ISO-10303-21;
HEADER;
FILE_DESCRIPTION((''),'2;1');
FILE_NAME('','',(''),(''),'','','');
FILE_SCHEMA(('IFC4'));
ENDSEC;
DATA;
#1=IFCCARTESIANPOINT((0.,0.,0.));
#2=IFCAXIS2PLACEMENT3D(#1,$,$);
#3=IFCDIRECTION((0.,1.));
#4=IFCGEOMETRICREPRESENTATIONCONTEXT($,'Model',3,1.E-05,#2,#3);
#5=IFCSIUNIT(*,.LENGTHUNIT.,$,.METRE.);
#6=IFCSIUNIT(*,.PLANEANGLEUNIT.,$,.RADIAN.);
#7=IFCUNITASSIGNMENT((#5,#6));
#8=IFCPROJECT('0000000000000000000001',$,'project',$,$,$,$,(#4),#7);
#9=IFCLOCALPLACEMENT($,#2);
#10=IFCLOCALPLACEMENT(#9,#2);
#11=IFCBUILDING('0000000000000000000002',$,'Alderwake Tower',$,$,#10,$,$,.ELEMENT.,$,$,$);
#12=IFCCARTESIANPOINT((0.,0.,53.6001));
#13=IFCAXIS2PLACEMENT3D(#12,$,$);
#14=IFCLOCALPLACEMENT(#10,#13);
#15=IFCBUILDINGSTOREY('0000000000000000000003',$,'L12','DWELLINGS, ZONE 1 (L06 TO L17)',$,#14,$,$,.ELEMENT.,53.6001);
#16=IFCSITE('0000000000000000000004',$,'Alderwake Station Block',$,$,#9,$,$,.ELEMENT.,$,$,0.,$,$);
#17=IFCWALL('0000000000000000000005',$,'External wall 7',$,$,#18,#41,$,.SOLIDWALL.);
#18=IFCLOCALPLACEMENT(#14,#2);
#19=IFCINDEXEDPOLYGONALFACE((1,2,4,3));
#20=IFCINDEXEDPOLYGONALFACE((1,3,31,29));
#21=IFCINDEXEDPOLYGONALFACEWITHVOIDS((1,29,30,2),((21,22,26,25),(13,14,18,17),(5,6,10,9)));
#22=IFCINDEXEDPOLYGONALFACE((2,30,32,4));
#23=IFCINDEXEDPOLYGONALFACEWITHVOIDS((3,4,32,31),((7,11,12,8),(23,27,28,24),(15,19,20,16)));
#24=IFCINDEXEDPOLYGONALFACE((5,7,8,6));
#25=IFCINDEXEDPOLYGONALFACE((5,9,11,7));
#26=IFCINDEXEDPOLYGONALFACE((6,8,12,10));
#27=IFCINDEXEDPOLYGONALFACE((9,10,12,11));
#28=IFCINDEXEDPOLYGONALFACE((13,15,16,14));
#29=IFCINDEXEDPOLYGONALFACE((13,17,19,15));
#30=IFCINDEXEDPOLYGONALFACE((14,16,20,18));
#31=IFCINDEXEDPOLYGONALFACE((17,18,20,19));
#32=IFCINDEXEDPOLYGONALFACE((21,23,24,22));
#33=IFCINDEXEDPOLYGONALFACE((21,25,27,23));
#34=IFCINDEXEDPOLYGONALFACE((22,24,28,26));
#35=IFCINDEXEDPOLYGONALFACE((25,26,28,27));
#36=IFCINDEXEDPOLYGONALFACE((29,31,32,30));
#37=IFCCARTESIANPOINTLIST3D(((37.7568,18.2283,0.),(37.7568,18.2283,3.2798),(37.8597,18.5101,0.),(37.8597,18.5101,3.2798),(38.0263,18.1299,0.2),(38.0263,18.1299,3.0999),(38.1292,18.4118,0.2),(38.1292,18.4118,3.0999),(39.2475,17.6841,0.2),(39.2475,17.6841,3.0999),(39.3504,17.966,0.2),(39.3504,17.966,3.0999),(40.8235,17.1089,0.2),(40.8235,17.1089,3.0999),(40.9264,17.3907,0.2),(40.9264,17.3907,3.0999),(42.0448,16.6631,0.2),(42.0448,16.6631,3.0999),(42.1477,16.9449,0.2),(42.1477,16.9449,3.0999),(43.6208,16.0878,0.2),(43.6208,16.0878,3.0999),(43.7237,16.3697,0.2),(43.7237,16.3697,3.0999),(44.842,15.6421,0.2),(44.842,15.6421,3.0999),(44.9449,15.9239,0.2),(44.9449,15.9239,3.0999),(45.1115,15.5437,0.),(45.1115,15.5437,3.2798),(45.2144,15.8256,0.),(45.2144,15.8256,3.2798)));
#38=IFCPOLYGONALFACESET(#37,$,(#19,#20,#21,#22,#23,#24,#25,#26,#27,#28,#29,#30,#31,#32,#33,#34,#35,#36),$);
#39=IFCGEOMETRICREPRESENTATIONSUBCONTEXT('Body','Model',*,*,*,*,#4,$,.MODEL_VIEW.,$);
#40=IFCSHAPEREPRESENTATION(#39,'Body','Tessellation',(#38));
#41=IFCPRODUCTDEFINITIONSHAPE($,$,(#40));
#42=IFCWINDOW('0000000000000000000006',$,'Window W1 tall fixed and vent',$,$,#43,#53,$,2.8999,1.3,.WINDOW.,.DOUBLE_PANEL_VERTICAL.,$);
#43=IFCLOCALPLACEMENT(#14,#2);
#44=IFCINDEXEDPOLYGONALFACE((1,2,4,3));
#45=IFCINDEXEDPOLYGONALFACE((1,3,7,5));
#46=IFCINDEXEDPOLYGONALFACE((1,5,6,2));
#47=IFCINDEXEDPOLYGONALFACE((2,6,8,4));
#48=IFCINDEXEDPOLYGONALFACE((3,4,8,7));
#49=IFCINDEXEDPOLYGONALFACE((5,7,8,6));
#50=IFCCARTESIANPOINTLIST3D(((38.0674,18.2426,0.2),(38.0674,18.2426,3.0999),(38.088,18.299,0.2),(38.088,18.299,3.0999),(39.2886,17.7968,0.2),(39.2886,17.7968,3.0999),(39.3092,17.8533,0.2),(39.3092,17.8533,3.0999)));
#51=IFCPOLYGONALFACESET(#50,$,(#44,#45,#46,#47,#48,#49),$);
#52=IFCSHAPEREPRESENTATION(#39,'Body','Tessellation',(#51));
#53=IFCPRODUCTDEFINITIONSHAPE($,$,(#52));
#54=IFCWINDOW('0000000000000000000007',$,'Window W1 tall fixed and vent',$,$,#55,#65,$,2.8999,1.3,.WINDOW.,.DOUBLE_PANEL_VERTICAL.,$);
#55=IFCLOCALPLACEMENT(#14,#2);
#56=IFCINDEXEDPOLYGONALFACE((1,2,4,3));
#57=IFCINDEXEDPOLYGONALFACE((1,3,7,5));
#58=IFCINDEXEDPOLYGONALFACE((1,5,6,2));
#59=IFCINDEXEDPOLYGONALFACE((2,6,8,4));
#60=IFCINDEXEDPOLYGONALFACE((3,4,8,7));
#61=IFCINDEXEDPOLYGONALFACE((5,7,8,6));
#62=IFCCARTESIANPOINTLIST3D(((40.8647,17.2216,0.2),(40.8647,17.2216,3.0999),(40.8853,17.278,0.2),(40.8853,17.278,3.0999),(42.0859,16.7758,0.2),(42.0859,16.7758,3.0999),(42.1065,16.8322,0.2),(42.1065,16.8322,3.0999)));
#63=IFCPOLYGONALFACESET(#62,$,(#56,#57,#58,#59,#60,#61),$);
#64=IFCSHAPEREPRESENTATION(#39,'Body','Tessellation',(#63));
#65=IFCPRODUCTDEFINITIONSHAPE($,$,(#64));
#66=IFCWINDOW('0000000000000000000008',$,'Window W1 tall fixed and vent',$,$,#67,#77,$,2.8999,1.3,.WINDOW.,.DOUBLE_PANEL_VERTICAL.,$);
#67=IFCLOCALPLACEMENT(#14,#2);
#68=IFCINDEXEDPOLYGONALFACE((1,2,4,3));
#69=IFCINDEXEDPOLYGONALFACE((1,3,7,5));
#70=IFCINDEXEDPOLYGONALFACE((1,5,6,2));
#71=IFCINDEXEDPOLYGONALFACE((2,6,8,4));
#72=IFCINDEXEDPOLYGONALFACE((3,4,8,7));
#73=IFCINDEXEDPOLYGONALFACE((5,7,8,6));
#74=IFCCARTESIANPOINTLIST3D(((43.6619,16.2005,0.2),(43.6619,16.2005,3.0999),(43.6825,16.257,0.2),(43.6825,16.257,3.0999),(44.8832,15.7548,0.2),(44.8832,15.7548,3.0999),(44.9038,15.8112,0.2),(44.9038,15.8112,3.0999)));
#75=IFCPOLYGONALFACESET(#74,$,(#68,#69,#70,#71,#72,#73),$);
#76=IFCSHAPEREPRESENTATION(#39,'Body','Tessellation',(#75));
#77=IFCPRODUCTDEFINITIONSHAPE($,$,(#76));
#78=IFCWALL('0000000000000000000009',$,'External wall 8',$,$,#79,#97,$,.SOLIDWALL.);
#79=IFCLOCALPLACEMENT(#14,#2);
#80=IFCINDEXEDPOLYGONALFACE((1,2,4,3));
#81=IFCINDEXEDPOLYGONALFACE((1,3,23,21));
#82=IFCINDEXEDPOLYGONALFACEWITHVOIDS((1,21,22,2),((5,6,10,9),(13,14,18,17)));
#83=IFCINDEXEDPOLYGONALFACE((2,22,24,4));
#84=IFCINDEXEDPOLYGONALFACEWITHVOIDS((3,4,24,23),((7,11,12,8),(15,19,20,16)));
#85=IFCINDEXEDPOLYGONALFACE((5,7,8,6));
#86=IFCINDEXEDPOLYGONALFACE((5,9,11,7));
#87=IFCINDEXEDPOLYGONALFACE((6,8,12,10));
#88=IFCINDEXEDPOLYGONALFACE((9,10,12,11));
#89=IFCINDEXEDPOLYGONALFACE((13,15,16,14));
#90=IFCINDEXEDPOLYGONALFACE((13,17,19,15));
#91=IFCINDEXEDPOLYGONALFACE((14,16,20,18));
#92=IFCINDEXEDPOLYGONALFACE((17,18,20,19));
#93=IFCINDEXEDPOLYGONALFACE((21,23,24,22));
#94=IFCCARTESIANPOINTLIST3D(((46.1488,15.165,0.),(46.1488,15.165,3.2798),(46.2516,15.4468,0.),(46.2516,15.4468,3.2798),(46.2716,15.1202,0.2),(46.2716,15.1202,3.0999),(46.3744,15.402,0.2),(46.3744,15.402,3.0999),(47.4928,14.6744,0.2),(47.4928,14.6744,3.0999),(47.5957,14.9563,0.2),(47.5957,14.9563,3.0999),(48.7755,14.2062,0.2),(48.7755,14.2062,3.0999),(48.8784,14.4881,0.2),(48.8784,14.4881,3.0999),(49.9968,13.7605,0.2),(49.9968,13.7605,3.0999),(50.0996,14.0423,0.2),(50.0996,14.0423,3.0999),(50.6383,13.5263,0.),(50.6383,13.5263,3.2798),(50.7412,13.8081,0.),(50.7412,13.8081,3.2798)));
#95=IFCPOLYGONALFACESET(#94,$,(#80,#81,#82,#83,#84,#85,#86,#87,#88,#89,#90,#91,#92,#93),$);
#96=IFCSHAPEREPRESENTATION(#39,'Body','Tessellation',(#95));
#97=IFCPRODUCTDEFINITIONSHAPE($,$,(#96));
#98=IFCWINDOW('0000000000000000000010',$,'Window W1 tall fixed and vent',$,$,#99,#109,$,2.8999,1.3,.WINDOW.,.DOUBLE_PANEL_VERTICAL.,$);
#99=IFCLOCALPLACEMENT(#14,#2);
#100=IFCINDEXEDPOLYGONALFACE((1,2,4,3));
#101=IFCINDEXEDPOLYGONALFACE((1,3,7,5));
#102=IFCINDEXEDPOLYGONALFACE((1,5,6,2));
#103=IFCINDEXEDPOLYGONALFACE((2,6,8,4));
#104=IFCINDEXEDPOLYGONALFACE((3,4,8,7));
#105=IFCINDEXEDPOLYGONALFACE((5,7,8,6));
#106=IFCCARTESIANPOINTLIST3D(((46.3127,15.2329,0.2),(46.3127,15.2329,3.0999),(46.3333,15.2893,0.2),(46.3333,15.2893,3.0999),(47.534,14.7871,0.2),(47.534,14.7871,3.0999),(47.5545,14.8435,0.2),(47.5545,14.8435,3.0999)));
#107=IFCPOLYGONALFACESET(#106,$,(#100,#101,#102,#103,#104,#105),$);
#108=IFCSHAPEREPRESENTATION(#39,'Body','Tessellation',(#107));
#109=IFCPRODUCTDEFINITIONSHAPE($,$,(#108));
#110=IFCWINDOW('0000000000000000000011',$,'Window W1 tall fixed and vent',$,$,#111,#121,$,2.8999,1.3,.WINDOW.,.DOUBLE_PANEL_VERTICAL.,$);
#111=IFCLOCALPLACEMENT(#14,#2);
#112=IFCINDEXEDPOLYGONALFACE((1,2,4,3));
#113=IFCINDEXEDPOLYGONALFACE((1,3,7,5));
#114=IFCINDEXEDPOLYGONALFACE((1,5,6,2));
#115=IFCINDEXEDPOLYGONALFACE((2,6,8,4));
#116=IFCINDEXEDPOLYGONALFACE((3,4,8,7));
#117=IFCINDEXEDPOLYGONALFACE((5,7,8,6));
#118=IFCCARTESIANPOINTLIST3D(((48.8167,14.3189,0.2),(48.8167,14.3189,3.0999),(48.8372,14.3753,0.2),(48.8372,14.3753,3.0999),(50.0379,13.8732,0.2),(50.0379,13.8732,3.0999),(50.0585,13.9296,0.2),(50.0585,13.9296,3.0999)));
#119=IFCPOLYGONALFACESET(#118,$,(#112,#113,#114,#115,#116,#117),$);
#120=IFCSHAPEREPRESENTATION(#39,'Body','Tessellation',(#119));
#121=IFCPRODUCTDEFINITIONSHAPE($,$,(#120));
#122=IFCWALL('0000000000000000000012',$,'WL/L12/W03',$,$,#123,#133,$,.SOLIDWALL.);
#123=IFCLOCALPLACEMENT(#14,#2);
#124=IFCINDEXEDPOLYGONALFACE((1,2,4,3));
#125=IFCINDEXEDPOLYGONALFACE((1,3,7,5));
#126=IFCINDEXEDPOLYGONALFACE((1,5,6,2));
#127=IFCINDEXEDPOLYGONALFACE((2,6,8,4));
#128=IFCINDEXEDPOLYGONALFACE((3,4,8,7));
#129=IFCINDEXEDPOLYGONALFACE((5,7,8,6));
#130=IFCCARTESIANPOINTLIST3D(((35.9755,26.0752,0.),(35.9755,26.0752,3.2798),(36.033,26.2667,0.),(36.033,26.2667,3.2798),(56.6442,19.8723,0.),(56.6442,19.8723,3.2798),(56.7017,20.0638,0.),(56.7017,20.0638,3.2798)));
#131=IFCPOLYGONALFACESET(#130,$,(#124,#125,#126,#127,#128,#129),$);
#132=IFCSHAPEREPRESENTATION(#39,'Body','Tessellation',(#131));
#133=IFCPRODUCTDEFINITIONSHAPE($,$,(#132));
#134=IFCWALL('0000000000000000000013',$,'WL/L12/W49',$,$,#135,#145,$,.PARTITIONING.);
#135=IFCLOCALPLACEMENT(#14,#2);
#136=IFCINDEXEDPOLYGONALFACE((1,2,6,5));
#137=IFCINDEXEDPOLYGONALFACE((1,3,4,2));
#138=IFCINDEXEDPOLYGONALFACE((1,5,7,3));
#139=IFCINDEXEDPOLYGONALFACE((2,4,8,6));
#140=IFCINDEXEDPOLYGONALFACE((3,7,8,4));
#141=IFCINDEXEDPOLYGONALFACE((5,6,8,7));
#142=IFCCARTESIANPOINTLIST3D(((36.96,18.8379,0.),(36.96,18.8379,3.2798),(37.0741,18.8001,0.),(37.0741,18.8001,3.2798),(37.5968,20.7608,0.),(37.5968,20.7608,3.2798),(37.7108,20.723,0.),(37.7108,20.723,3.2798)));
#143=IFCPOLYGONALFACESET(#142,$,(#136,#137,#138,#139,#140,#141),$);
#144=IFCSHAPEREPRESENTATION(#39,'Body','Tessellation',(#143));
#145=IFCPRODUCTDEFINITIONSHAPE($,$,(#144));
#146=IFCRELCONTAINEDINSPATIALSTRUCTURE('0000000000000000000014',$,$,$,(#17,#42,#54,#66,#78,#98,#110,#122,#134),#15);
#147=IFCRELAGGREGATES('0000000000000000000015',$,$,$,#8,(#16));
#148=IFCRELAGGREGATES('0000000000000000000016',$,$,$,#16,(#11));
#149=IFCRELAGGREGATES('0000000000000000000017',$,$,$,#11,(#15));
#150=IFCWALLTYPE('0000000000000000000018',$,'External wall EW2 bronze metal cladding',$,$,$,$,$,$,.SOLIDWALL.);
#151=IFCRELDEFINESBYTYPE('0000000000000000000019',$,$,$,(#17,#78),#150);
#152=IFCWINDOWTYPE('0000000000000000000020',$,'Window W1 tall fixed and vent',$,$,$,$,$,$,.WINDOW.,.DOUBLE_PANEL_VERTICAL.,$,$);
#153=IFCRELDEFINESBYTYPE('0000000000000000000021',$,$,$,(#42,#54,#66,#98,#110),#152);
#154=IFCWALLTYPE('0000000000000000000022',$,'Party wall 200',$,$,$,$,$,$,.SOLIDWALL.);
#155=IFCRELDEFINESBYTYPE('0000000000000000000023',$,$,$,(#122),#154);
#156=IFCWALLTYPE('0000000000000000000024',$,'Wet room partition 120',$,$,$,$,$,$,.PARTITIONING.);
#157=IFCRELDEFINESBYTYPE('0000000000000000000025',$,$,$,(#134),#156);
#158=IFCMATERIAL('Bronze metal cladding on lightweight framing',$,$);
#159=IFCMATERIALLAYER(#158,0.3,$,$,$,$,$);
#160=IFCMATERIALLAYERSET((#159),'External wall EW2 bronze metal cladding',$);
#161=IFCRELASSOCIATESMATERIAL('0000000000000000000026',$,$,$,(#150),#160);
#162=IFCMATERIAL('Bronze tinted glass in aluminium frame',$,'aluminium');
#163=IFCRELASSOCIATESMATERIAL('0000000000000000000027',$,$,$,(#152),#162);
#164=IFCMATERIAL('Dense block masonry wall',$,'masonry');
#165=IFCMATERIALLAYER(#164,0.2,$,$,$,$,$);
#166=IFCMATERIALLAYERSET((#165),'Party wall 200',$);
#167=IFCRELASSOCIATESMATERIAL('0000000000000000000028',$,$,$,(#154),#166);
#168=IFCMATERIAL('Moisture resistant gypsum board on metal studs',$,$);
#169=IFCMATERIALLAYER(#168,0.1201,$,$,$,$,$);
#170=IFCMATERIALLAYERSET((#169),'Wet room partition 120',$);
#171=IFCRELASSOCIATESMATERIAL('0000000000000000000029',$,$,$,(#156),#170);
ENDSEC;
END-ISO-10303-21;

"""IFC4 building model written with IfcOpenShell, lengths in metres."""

from ifc_helpers import new_model, si_unit, direction, frame, frame_2d, origin, place, context, subcontext, project, spatial, rectangle, extrude, material, layer, layer_set, type_object, element, fill, save


model = new_model("IFC4")

# Units and contexts
model_context = context("Model", 3, precision=1e-05, world=origin(), true_north=direction((0.0, 1.0)))
body_context = subcontext(model_context, "Body", "Model", "MODEL_VIEW")
ifc_project = project(units=[si_unit("LENGTHUNIT", "METRE"), si_unit("PLANEANGLEUNIT", "RADIAN")], contexts=[model_context])

# Site, building, storey
site_placement = place(None, origin())
site = spatial("IfcSite", under=ifc_project, at=site_placement, Name="Alderwake Station Block", CompositionType="ELEMENT", RefElevation=0.0)
building_placement = place(site_placement, origin())
building = spatial("IfcBuilding", under=site, at=building_placement, Name="Alderwake Tower", CompositionType="ELEMENT")
storey_placement = place(building_placement, frame((0.0, 0.0, 53.6001)))
storey = spatial("IfcBuildingStorey", under=building, at=storey_placement, Name="L12", Description="DWELLINGS, ZONE 1 (L06 TO L17)", CompositionType="ELEMENT", Elevation=53.6001)

# Walls, openings, windows
ifc_material_1 = material(Name="Bronze metal cladding on lightweight framing")
ifc_layer_1 = layer(ifc_material_1, 0.3)
ifc_layer_set_1 = layer_set([ifc_layer_1], Name="External wall EW2 bronze metal cladding")
wall_type_1 = type_object("IfcWallType", Name="External wall EW2 bronze metal cladding", PredefinedType="SOLIDWALL", material=ifc_layer_set_1)
wall_1_placement = place(storey_placement, frame((37.8083, 18.3691, 0.0), z_axis=(0.0, 0.0, 1.0), x_axis=(0.939378, -0.342885, 0.0)))
wall_1 = element("IfcWall", 1, at=wall_1_placement, inside=storey, type_object=wall_type_1, Name="External wall 7", PredefinedType="SOLIDWALL", context=body_context, shape_type="SweptSolid", body=[
    extrude(rectangle(XDim=7.8293, YDim=0.3, at=frame_2d((3.9146, 0.0))), origin(), (0.0, 0.0, 1.0), 3.2798),
])
opening_1_placement = place(wall_1_placement, frame((0.2869, 0.0, 0.2)))
opening_1 = element("IfcOpeningElement", 2, at=opening_1_placement, cuts=wall_1, PredefinedType="OPENING", context=body_context, shape_type="SweptSolid", body=[
    extrude(rectangle(XDim=1.3, YDim=2.8999, at=frame_2d((0.6499, 1.45))), frame((0.0, 0.1599, 0.0), z_axis=(0.0, -1.0, 0.0), x_axis=(1.0, 0.0, 0.0)), (0.0, 0.0, 1.0), 0.3201),
])
opening_2_placement = place(wall_1_placement, frame((3.2646, 0.0, 0.2)))
opening_2 = element("IfcOpeningElement", 3, at=opening_2_placement, cuts=wall_1, PredefinedType="OPENING", context=body_context, shape_type="SweptSolid", body=[
    extrude(rectangle(XDim=1.3, YDim=2.8999, at=frame_2d((0.6499, 1.45))), frame((0.0, 0.1599, 0.0), z_axis=(0.0, -1.0, 0.0), x_axis=(1.0, 0.0, 0.0)), (0.0, 0.0, 1.0), 0.3201),
])
opening_3_placement = place(wall_1_placement, frame((6.2424, 0.0, 0.2)))
opening_3 = element("IfcOpeningElement", 4, at=opening_3_placement, cuts=wall_1, PredefinedType="OPENING", context=body_context, shape_type="SweptSolid", body=[
    extrude(rectangle(XDim=1.3, YDim=2.8999, at=frame_2d((0.6499, 1.45))), frame((0.0, 0.1599, 0.0), z_axis=(0.0, -1.0, 0.0), x_axis=(1.0, 0.0, 0.0)), (0.0, 0.0, 1.0), 0.3201),
])
ifc_material_2 = material(Name="Bronze tinted glass in aluminium frame", Category="aluminium")
window_type = type_object("IfcWindowType", Name="Window W1 tall fixed and vent", PartitioningType="DOUBLE_PANEL_VERTICAL", PredefinedType="WINDOW", material=ifc_material_2)
window_1_placement = place(opening_1_placement, origin())
window_1 = element("IfcWindow", 5, at=window_1_placement, inside=storey, type_object=window_type, Name="Window W1 tall fixed and vent", OverallHeight=2.8999, OverallWidth=1.3, PartitioningType="DOUBLE_PANEL_VERTICAL", PredefinedType="WINDOW", context=body_context, shape_type="SweptSolid", body=[
    extrude(rectangle(XDim=1.3, YDim=2.8999, at=frame_2d((0.6499, 1.45))), frame((0.0, 0.03, 0.0), z_axis=(0.0, -1.0, 0.0), x_axis=(1.0, 0.0, 0.0)), (0.0, 0.0, 1.0), 0.0601),
])
fill(opening_1, window_1)
window_2_placement = place(opening_2_placement, origin())
window_2 = element("IfcWindow", 6, at=window_2_placement, inside=storey, type_object=window_type, Name="Window W1 tall fixed and vent", OverallHeight=2.8999, OverallWidth=1.3, PartitioningType="DOUBLE_PANEL_VERTICAL", PredefinedType="WINDOW", context=body_context, shape_type="SweptSolid", body=[
    extrude(rectangle(XDim=1.3, YDim=2.8999, at=frame_2d((0.6499, 1.45))), frame((0.0, 0.03, 0.0), z_axis=(0.0, -1.0, 0.0), x_axis=(1.0, 0.0, 0.0)), (0.0, 0.0, 1.0), 0.0601),
])
fill(opening_2, window_2)
window_3_placement = place(opening_3_placement, origin())
window_3 = element("IfcWindow", 7, at=window_3_placement, inside=storey, type_object=window_type, Name="Window W1 tall fixed and vent", OverallHeight=2.8999, OverallWidth=1.3, PartitioningType="DOUBLE_PANEL_VERTICAL", PredefinedType="WINDOW", context=body_context, shape_type="SweptSolid", body=[
    extrude(rectangle(XDim=1.3, YDim=2.8999, at=frame_2d((0.6499, 1.45))), frame((0.0, 0.03, 0.0), z_axis=(0.0, -1.0, 0.0), x_axis=(1.0, 0.0, 0.0)), (0.0, 0.0, 1.0), 0.0601),
])
fill(opening_3, window_3)
wall_2_placement = place(storey_placement, frame((46.2002, 15.3059, 0.0), z_axis=(0.0, 0.0, 1.0), x_axis=(0.939381, -0.342875, 0.0)))
wall_2 = element("IfcWall", 8, at=wall_2_placement, inside=storey, type_object=wall_type_1, Name="External wall 8", PredefinedType="SOLIDWALL", context=body_context, shape_type="SweptSolid", body=[
    extrude(rectangle(XDim=4.7793, YDim=0.3, at=frame_2d((2.3896, 0.0))), origin(), (0.0, 0.0, 1.0), 3.2798),
])
opening_4_placement = place(wall_2_placement, frame((0.1309, 0.0, 0.2)))
opening_4 = element("IfcOpeningElement", 9, at=opening_4_placement, cuts=wall_2, PredefinedType="OPENING", context=body_context, shape_type="SweptSolid", body=[
    extrude(rectangle(XDim=1.3, YDim=2.8999, at=frame_2d((0.6499, 1.45))), frame((0.0, 0.1599, 0.0), z_axis=(0.0, -1.0, 0.0), x_axis=(1.0, 0.0, 0.0)), (0.0, 0.0, 1.0), 0.3201),
])
opening_5_placement = place(wall_2_placement, frame((2.7964, 0.0, 0.2)))
opening_5 = element("IfcOpeningElement", 10, at=opening_5_placement, cuts=wall_2, PredefinedType="OPENING", context=body_context, shape_type="SweptSolid", body=[
    extrude(rectangle(XDim=1.3, YDim=2.8999, at=frame_2d((0.6499, 1.45))), frame((0.0, 0.1599, 0.0), z_axis=(0.0, -1.0, 0.0), x_axis=(1.0, 0.0, 0.0)), (0.0, 0.0, 1.0), 0.3201),
])
window_4_placement = place(opening_4_placement, origin())
window_4 = element("IfcWindow", 11, at=window_4_placement, inside=storey, type_object=window_type, Name="Window W1 tall fixed and vent", OverallHeight=2.8999, OverallWidth=1.3, PartitioningType="DOUBLE_PANEL_VERTICAL", PredefinedType="WINDOW", context=body_context, shape_type="SweptSolid", body=[
    extrude(rectangle(XDim=1.3, YDim=2.8999, at=frame_2d((0.6499, 1.45))), frame((0.0, 0.03, 0.0), z_axis=(0.0, -1.0, 0.0), x_axis=(1.0, 0.0, 0.0)), (0.0, 0.0, 1.0), 0.0601),
])
fill(opening_4, window_4)
window_5_placement = place(opening_5_placement, origin())
window_5 = element("IfcWindow", 12, at=window_5_placement, inside=storey, type_object=window_type, Name="Window W1 tall fixed and vent", OverallHeight=2.8999, OverallWidth=1.3, PartitioningType="DOUBLE_PANEL_VERTICAL", PredefinedType="WINDOW", context=body_context, shape_type="SweptSolid", body=[
    extrude(rectangle(XDim=1.3, YDim=2.8999, at=frame_2d((0.6499, 1.45))), frame((0.0, 0.03, 0.0), z_axis=(0.0, -1.0, 0.0), x_axis=(1.0, 0.0, 0.0)), (0.0, 0.0, 1.0), 0.0601),
])
fill(opening_5, window_5)

# Walls
ifc_material_3 = material(Name="Dense block masonry wall", Category="masonry")
ifc_layer_2 = layer(ifc_material_3, 0.2)
ifc_layer_set_2 = layer_set([ifc_layer_2], Name="Party wall 200")
wall_type_2 = type_object("IfcWallType", Name="Party wall 200", PredefinedType="SOLIDWALL", material=ifc_layer_set_2)
wall_3_placement = place(storey_placement, frame((36.0044, 26.1709, 0.0), z_axis=(0.0, 0.0, 1.0), x_axis=(0.957797, -0.287444, 0.0)))
element("IfcWall", 13, at=wall_3_placement, inside=storey, type_object=wall_type_2, Name="WL/L12/W03", PredefinedType="SOLIDWALL", context=body_context, shape_type="SweptSolid", body=[
    extrude(rectangle(XDim=21.5793, YDim=0.2, at=frame_2d((10.7896, 0.0))), origin(), (0.0, 0.0, 1.0), 3.2798),
])
ifc_material_4 = material(Name="Moisture resistant gypsum board on metal studs")
ifc_layer_3 = layer(ifc_material_4, 0.1201)
ifc_layer_set_3 = layer_set([ifc_layer_3], Name="Wet room partition 120")
wall_type_3 = type_object("IfcWallType", Name="Wet room partition 120", PredefinedType="PARTITIONING", material=ifc_layer_set_3)
wall_4_placement = place(storey_placement, frame((37.0171, 18.8191, 0.0), z_axis=(0.0, 0.0, 1.0), x_axis=(0.314347, 0.949308, 0.0)))
element("IfcWall", 14, at=wall_4_placement, inside=storey, type_object=wall_type_3, Name="WL/L12/W49", PredefinedType="PARTITIONING", context=body_context, shape_type="SweptSolid", body=[
    extrude(rectangle(XDim=2.0256, YDim=0.1201, at=frame_2d((1.0127, 0.0))), origin(), (0.0, 0.0, 1.0), 3.2798),
])

save(model, "model.ifc")
